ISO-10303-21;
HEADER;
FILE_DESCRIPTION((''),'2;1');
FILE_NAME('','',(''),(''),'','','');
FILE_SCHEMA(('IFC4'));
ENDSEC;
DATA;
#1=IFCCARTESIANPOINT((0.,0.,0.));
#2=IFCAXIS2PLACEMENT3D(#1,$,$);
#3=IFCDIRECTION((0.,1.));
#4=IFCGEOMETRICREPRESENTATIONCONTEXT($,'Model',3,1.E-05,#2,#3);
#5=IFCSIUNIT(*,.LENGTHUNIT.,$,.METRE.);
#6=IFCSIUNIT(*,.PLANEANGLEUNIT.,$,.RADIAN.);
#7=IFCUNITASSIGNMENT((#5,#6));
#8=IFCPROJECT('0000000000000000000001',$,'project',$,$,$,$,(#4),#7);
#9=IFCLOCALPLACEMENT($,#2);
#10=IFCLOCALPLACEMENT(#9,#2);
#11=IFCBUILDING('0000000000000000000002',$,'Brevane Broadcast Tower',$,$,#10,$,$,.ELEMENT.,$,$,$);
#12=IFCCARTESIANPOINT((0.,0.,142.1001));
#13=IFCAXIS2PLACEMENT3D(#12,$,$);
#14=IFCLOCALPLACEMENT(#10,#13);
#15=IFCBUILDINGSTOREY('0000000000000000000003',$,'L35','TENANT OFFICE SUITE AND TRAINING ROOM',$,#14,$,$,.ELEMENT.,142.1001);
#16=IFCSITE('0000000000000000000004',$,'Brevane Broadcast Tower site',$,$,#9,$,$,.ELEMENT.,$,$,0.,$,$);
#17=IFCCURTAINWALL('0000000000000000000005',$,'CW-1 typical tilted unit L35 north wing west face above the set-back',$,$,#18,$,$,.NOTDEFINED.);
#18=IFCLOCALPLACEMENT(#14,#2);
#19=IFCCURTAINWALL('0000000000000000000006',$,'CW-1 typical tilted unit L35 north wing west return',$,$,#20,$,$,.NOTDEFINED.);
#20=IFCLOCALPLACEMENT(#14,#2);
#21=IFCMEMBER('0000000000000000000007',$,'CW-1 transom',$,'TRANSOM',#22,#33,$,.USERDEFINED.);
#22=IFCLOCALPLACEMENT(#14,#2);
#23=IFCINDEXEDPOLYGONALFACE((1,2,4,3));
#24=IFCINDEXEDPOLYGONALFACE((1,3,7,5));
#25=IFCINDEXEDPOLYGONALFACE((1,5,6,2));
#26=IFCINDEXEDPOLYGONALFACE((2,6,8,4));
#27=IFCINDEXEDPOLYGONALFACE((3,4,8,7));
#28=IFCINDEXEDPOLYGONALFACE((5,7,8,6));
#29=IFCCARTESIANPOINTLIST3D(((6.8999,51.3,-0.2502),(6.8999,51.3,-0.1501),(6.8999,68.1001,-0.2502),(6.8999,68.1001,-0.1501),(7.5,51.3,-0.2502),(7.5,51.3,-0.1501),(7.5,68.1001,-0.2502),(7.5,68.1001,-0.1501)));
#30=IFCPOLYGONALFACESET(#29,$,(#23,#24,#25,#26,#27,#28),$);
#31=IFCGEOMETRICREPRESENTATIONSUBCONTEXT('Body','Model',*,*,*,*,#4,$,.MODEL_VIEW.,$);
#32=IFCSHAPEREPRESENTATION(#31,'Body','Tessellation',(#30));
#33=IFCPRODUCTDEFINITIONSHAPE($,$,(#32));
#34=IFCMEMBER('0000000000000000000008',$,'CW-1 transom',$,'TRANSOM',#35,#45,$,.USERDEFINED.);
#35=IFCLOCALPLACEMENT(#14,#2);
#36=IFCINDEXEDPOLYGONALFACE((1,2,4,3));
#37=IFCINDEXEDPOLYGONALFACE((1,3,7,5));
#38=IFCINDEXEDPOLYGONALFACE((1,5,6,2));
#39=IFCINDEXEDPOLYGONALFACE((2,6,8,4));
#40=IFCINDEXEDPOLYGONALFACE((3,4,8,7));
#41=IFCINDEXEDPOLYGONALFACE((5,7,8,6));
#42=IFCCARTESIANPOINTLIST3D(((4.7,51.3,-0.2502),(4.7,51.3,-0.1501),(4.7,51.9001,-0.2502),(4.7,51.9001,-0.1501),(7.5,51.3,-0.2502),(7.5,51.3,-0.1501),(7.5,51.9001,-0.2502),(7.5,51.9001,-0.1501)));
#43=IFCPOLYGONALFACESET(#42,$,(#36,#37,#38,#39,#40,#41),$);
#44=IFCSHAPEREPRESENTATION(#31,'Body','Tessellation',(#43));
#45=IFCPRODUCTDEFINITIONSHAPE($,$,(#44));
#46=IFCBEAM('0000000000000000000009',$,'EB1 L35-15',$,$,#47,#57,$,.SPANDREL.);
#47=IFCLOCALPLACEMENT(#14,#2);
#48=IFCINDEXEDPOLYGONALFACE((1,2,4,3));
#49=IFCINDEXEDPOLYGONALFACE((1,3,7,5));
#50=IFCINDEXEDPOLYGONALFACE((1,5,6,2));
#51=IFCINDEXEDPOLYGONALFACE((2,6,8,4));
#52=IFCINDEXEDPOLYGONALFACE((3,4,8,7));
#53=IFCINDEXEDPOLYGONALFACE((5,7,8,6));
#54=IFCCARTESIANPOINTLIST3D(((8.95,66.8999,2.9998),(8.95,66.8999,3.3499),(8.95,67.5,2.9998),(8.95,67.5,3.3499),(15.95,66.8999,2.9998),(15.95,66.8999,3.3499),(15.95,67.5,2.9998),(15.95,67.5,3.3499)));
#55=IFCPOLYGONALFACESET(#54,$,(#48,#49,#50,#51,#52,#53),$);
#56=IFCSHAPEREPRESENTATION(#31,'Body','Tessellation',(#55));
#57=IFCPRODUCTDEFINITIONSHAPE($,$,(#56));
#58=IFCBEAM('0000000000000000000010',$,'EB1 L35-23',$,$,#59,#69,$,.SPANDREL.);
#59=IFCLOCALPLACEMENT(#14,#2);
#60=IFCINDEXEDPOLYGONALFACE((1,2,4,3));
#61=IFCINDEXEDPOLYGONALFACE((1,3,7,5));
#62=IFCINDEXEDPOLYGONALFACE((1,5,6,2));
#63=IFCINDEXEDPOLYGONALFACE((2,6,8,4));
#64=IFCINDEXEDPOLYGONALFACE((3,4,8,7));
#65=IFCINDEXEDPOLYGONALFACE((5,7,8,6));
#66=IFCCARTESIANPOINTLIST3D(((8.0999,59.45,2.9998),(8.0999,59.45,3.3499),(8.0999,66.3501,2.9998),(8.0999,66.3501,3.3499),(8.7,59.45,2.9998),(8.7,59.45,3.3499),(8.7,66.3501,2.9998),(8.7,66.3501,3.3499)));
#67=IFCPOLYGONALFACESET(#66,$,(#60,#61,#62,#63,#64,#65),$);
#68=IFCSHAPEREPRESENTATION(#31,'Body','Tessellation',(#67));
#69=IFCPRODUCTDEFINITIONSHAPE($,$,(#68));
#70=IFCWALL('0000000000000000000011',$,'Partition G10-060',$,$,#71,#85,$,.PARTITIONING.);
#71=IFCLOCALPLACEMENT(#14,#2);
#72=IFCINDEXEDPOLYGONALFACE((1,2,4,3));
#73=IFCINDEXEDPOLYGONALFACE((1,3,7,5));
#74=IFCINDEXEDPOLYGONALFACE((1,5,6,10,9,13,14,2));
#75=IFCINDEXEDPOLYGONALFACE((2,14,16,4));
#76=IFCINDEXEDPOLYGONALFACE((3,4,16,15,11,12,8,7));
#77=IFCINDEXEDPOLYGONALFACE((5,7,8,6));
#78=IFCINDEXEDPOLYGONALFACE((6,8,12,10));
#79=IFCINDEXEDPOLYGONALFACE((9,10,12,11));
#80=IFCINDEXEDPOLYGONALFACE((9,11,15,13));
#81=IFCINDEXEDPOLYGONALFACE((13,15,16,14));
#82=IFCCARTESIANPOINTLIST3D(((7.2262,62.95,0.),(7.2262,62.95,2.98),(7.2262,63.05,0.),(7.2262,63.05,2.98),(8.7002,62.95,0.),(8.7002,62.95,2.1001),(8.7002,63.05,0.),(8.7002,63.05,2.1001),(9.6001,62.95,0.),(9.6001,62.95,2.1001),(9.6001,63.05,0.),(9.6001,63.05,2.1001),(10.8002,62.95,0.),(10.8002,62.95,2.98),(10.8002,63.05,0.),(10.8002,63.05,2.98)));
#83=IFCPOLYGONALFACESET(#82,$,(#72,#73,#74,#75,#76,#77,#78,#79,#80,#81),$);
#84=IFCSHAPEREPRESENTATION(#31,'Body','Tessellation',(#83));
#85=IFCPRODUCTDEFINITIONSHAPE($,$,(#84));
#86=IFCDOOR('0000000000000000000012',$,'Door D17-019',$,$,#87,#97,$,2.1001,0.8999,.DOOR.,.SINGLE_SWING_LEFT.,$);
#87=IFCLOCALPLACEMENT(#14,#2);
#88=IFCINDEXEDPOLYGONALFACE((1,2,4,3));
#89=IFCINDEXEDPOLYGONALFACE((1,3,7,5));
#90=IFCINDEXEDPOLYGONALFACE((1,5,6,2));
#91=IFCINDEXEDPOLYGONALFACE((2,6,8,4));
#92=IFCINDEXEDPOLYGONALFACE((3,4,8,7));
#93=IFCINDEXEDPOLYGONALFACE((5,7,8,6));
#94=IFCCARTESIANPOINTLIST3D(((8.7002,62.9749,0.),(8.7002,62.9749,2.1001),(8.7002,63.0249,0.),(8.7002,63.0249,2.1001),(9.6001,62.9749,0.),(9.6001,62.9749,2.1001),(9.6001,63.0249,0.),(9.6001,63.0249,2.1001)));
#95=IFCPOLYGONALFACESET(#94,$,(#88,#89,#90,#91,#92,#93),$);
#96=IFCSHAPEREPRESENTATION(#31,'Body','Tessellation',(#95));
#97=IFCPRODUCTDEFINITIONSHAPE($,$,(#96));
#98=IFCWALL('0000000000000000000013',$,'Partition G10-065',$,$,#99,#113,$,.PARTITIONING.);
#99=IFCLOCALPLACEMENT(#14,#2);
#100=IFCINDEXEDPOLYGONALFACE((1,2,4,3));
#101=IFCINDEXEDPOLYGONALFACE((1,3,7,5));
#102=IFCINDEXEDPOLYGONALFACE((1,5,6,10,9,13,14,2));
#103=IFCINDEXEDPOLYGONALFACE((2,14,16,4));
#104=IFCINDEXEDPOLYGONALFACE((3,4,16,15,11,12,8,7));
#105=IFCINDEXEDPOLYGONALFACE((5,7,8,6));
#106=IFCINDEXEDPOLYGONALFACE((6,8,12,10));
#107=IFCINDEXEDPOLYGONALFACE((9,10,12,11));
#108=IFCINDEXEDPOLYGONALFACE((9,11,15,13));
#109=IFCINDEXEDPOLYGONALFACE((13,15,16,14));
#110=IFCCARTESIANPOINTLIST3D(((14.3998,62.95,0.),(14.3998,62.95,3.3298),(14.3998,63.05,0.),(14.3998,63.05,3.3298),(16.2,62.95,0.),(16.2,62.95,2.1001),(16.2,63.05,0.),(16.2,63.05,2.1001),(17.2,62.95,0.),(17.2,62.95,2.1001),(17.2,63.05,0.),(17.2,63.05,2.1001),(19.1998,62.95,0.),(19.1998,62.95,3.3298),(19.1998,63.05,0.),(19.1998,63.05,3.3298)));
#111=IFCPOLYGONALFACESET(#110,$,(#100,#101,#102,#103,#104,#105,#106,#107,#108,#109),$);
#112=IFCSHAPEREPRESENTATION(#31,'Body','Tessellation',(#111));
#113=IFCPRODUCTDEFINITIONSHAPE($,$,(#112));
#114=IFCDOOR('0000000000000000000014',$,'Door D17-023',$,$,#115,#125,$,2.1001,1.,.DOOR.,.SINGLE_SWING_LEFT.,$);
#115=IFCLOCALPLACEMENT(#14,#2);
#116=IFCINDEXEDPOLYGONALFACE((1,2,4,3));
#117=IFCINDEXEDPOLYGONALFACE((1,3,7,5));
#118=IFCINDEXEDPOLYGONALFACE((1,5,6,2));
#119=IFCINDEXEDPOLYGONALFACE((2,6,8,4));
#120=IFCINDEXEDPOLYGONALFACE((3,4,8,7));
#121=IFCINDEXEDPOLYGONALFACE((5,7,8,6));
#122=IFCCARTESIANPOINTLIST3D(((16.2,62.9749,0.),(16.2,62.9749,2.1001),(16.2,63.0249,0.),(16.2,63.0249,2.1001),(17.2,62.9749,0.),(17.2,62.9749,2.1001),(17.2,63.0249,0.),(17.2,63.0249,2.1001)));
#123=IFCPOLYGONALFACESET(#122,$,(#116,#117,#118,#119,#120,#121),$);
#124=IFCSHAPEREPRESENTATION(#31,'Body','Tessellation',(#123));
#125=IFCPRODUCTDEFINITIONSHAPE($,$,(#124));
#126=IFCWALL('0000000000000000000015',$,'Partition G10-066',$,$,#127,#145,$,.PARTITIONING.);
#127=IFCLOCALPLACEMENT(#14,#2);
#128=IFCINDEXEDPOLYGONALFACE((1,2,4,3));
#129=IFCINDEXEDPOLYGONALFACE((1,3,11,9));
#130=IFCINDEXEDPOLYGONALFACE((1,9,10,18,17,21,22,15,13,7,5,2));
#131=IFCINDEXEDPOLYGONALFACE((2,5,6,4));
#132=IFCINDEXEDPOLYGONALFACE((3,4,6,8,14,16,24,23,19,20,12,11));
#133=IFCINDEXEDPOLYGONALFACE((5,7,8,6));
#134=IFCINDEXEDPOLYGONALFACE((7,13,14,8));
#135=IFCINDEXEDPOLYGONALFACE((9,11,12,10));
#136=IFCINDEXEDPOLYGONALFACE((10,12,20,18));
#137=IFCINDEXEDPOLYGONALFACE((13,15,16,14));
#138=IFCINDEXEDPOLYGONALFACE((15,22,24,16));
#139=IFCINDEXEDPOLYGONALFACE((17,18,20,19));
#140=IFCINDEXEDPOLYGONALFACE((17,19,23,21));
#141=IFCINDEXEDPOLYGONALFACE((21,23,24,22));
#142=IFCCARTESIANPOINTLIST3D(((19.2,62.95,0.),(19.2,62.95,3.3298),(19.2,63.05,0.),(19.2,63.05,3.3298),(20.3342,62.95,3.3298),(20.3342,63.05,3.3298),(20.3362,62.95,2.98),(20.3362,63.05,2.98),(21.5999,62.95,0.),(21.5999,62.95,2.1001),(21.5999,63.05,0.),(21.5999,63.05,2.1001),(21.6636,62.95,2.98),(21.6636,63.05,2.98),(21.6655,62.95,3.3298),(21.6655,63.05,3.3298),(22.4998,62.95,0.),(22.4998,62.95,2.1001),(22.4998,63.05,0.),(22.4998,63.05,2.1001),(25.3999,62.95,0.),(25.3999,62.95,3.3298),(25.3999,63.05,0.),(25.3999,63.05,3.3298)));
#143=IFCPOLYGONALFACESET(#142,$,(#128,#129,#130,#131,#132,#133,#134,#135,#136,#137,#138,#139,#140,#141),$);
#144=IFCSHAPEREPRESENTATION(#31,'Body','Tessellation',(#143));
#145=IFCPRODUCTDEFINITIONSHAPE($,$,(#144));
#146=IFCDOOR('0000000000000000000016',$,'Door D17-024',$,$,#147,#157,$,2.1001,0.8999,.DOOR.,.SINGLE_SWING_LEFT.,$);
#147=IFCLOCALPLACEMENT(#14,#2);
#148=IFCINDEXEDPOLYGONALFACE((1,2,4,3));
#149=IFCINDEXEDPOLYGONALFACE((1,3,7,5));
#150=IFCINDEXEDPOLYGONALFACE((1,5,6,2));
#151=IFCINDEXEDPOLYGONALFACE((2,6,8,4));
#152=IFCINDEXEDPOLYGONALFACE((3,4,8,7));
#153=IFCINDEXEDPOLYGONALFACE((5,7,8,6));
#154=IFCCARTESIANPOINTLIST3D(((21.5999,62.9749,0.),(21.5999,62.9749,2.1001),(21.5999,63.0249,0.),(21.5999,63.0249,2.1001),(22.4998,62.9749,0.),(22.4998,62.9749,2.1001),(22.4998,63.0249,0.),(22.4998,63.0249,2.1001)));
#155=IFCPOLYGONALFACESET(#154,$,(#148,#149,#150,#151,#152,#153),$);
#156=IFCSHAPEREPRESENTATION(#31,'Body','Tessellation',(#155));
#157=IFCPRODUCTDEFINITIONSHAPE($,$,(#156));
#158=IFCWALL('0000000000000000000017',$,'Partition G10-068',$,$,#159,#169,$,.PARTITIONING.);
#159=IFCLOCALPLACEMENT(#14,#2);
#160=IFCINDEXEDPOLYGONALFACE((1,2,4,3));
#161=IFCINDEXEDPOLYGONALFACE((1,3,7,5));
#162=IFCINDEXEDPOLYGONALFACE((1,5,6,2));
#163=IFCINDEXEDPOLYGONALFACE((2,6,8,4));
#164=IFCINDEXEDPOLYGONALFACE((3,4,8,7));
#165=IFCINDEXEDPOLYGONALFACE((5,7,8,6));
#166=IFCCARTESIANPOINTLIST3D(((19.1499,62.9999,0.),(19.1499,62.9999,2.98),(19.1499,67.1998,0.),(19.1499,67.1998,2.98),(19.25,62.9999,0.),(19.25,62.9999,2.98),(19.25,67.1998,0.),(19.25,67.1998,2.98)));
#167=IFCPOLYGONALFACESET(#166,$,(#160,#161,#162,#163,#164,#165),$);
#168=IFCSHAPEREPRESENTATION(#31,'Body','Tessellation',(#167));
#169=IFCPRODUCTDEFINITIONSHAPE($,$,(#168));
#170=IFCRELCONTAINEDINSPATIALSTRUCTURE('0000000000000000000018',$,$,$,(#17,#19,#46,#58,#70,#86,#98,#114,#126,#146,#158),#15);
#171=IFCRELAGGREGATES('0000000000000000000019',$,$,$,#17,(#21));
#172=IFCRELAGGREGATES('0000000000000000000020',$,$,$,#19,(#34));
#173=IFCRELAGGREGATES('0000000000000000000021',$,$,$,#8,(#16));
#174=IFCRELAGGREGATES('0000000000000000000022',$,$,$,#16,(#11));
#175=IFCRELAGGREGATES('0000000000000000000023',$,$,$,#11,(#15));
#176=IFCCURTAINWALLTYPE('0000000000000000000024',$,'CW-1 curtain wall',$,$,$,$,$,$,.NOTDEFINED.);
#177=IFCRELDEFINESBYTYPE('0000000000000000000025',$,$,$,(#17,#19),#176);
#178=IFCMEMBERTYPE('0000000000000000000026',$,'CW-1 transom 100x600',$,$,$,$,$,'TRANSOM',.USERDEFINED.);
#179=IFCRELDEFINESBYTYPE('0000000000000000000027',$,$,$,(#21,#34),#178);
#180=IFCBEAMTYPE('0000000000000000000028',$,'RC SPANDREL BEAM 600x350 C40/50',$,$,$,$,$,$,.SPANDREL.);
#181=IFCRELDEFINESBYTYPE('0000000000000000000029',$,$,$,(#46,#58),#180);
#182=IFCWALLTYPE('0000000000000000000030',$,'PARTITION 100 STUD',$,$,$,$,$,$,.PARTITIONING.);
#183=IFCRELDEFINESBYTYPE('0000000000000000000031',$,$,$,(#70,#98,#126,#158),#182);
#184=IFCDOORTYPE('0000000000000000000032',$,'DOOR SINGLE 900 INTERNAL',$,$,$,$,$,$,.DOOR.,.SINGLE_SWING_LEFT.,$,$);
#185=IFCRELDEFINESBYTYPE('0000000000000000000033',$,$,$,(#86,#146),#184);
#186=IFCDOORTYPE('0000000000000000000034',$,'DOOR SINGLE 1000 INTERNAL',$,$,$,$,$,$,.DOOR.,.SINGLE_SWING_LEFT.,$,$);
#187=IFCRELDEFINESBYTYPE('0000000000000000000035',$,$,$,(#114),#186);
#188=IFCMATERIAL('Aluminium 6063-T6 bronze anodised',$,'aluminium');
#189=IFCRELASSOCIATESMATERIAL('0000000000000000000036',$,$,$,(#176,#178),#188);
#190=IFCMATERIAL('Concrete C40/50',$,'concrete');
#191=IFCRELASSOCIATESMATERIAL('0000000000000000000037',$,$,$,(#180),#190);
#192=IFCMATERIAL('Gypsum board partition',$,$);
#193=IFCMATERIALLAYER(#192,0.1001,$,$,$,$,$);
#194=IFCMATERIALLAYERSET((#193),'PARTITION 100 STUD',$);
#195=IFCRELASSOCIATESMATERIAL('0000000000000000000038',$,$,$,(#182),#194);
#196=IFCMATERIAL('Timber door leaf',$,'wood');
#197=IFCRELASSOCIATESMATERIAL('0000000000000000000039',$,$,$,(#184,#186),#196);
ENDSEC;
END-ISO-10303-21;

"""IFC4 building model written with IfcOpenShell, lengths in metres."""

from ifc_helpers import new_model, si_unit, direction, frame, frame_2d, origin, origin_2d, place, context, subcontext, project, spatial, polyline, rectangle, outline, extrude, material, layer, layer_set, material_profile, profile_set, type_object, element, fill, aggregate, save


model = new_model("IFC4")

# Units and contexts
model_context = context("Model", 3, precision=1e-05, world=origin(), true_north=direction((0.0, 1.0)))
body_context = subcontext(model_context, "Body", "Model", "MODEL_VIEW")
ifc_project = project(units=[si_unit("LENGTHUNIT", "METRE"), si_unit("PLANEANGLEUNIT", "RADIAN")], contexts=[model_context])

# Site, building, storey
site_placement = place(None, origin())
site = spatial("IfcSite", under=ifc_project, at=site_placement, Name="Brevane Broadcast Tower site", CompositionType="ELEMENT", RefElevation=0.0)
building_placement = place(site_placement, origin())
building = spatial("IfcBuilding", under=site, at=building_placement, Name="Brevane Broadcast Tower", CompositionType="ELEMENT")
storey_placement = place(building_placement, frame((0.0, 0.0, 142.1001)))
storey = spatial("IfcBuildingStorey", under=building, at=storey_placement, Name="L35", Description="TENANT OFFICE SUITE AND TRAINING ROOM", CompositionType="ELEMENT", Elevation=142.1001)

# Curtain walls
ifc_material_1 = material(Name="Aluminium 6063-T6 bronze anodised", Category="aluminium")
curtain_wall_type = type_object("IfcCurtainWallType", Name="CW-1 curtain wall", PredefinedType="NOTDEFINED", material=ifc_material_1)
curtain_wall_1_placement = place(storey_placement, origin())
curtain_wall_1 = element("IfcCurtainWall", 1, at=curtain_wall_1_placement, inside=storey, type_object=curtain_wall_type, Name="CW-1 typical tilted unit L35 north wing west face above the set-back", PredefinedType="NOTDEFINED")
curtain_wall_2_placement = place(storey_placement, origin())
curtain_wall_2 = element("IfcCurtainWall", 2, at=curtain_wall_2_placement, inside=storey, type_object=curtain_wall_type, Name="CW-1 typical tilted unit L35 north wing west return", PredefinedType="NOTDEFINED")

# Members
ifc_material_profile_1 = material_profile(ifc_material_1, rectangle(XDim=0.6001, YDim=0.1001, at=origin_2d()), Name="RECT 100x600")
ifc_profile_set_1 = profile_set([ifc_material_profile_1], Name="Aluminium 6063-T6 bronze anodised")
member_type_1 = type_object("IfcMemberType", Name="CW-1 transom 100x600", ElementType="TRANSOM", PredefinedType="USERDEFINED", material=ifc_profile_set_1)
member_1_placement = place(storey_placement, frame((7.2, 68.1001, -0.2002), z_axis=(0.0, -1.0, 0.0), x_axis=(1.0, 0.0, 0.0)))
member_1 = element("IfcMember", 3, at=member_1_placement, type_object=member_type_1, Name="CW-1 transom", ObjectType="TRANSOM", PredefinedType="USERDEFINED", context=body_context, shape_type="SweptSolid", body=[
    extrude(rectangle(XDim=0.6001, YDim=0.1001, at=origin_2d()), origin(), (0.0, 0.0, 1.0), 16.8),
])
aggregate(curtain_wall_1, [member_1])
member_2_placement = place(storey_placement, frame((7.5, 51.6001, -0.2002), z_axis=(-1.0, 0.0, 0.0), x_axis=(0.0, -1.0, 0.0)))
member_2 = element("IfcMember", 4, at=member_2_placement, type_object=member_type_1, Name="CW-1 transom", ObjectType="TRANSOM", PredefinedType="USERDEFINED", context=body_context, shape_type="SweptSolid", body=[
    extrude(rectangle(XDim=0.6001, YDim=0.1001, at=origin_2d()), origin(), (0.0, 0.0, 1.0), 2.8),
])
aggregate(curtain_wall_2, [member_2])

# Beams
ifc_material_2 = material(Name="Concrete C40/50", Category="concrete")
ifc_material_profile_2 = material_profile(ifc_material_2, rectangle(XDim=0.6001, YDim=0.3501, at=origin_2d()), Name="RC 600x350")
ifc_profile_set_2 = profile_set([ifc_material_profile_2], Name="Concrete C40/50")
beam_type = type_object("IfcBeamType", Name="RC SPANDREL BEAM 600x350 C40/50", PredefinedType="SPANDREL", material=ifc_profile_set_2)
beam_1_placement = place(storey_placement, frame((15.95, 67.2, 3.1748), z_axis=(-1.0, 0.0, 0.0), x_axis=(0.0, -1.0, 0.0)))
element("IfcBeam", 5, at=beam_1_placement, inside=storey, type_object=beam_type, Name="EB1 L35-15", PredefinedType="SPANDREL", context=body_context, shape_type="SweptSolid", body=[
    extrude(rectangle(XDim=0.6001, YDim=0.3501, at=origin_2d()), origin(), (0.0, 0.0, 1.0), 7.0),
])
beam_2_placement = place(storey_placement, frame((8.3999, 59.45, 3.1748), z_axis=(0.0, 1.0, 0.0), x_axis=(-1.0, 0.0, 0.0)))
element("IfcBeam", 6, at=beam_2_placement, inside=storey, type_object=beam_type, Name="EB1 L35-23", PredefinedType="SPANDREL", context=body_context, shape_type="SweptSolid", body=[
    extrude(rectangle(XDim=0.6001, YDim=0.3501, at=origin_2d()), origin(), (0.0, 0.0, 1.0), 6.9001),
])

# Walls, openings, doors
ifc_material_3 = material(Name="Gypsum board partition")
ifc_layer_1 = layer(ifc_material_3, 0.1001)
ifc_layer_set_1 = layer_set([ifc_layer_1], Name="PARTITION 100 STUD")
wall_type_1 = type_object("IfcWallType", Name="PARTITION 100 STUD", PredefinedType="PARTITIONING", material=ifc_layer_set_1)
wall_1_placement = place(storey_placement, frame((7.2261, 63.0, 0.0), z_axis=(0.0, 0.0, 1.0), x_axis=(1.0, 0.0, 0.0)))
wall_1 = element("IfcWall", 7, at=wall_1_placement, inside=storey, type_object=wall_type_1, Name="Partition G10-060", PredefinedType="PARTITIONING", context=body_context, shape_type="SweptSolid", body=[
    extrude(rectangle(XDim=3.574, YDim=0.1001, at=frame_2d((1.7871, 0.0))), origin(), (0.0, 0.0, 1.0), 2.98),
])
opening_1_placement = place(wall_1_placement, frame((1.4741, 0.0, 0.0)))
opening_1 = element("IfcOpeningElement", 8, at=opening_1_placement, cuts=wall_1, PredefinedType="OPENING", context=body_context, shape_type="SweptSolid", body=[
    extrude(rectangle(XDim=0.8999, YDim=2.1001, at=frame_2d((0.45, 1.05))), frame((0.0, 0.0601, 0.0), z_axis=(0.0, -1.0, 0.0), x_axis=(1.0, 0.0, 0.0)), (0.0, 0.0, 1.0), 0.1201),
])
ifc_material_4 = material(Name="Timber door leaf", Category="wood")
door_type_1 = type_object("IfcDoorType", Name="DOOR SINGLE 900 INTERNAL", OperationType="SINGLE_SWING_LEFT", PredefinedType="DOOR", material=ifc_material_4)
door_1_placement = place(opening_1_placement, origin())
door_1 = element("IfcDoor", 9, at=door_1_placement, inside=storey, type_object=door_type_1, Name="Door D17-019", OperationType="SINGLE_SWING_LEFT", OverallHeight=2.1001, OverallWidth=0.8999, PredefinedType="DOOR", context=body_context, shape_type="SweptSolid", body=[
    extrude(rectangle(XDim=0.8999, YDim=2.1001, at=frame_2d((0.45, 1.05))), frame((0.0, 0.0249, 0.0), z_axis=(0.0, -1.0, 0.0), x_axis=(1.0, 0.0, 0.0)), (0.0, 0.0, 1.0), 0.05),
])
fill(opening_1, door_1)
wall_2_placement = place(storey_placement, frame((14.3999, 63.0, 0.0), z_axis=(0.0, 0.0, 1.0), x_axis=(1.0, 0.0, 0.0)))
wall_2 = element("IfcWall", 10, at=wall_2_placement, inside=storey, type_object=wall_type_1, Name="Partition G10-065", PredefinedType="PARTITIONING", context=body_context, shape_type="SweptSolid", body=[
    extrude(rectangle(XDim=4.8, YDim=0.1001, at=frame_2d((2.3999, 0.0))), origin(), (0.0, 0.0, 1.0), 3.3298),
])
opening_2_placement = place(wall_2_placement, frame((1.8, 0.0, 0.0)))
opening_2 = element("IfcOpeningElement", 11, at=opening_2_placement, cuts=wall_2, PredefinedType="OPENING", context=body_context, shape_type="SweptSolid", body=[
    extrude(rectangle(XDim=1.0, YDim=2.1001, at=frame_2d((0.5, 1.05))), frame((0.0, 0.0601, 0.0), z_axis=(0.0, -1.0, 0.0), x_axis=(1.0, 0.0, 0.0)), (0.0, 0.0, 1.0), 0.1201),
])
door_type_2 = type_object("IfcDoorType", Name="DOOR SINGLE 1000 INTERNAL", OperationType="SINGLE_SWING_LEFT", PredefinedType="DOOR", material=ifc_material_4)
door_2_placement = place(opening_2_placement, origin())
door_2 = element("IfcDoor", 12, at=door_2_placement, inside=storey, type_object=door_type_2, Name="Door D17-023", OperationType="SINGLE_SWING_LEFT", OverallHeight=2.1001, OverallWidth=1.0, PredefinedType="DOOR", context=body_context, shape_type="SweptSolid", body=[
    extrude(rectangle(XDim=1.0, YDim=2.1001, at=frame_2d((0.5, 1.05))), frame((0.0, 0.0249, 0.0), z_axis=(0.0, -1.0, 0.0), x_axis=(1.0, 0.0, 0.0)), (0.0, 0.0, 1.0), 0.05),
])
fill(opening_2, door_2)
wall_3_placement = place(storey_placement, frame((19.2, 63.0, 0.0), z_axis=(0.0, 0.0, 1.0), x_axis=(1.0, 0.0, 0.0)))
wall_3 = element("IfcWall", 13, at=wall_3_placement, inside=storey, type_object=wall_type_1, Name="Partition G10-066", PredefinedType="PARTITIONING", context=body_context, shape_type="SweptSolid", body=[
    extrude(outline(polyline([(0.0, 0.0), (6.2, 0.0), (6.2, 3.3298), (2.4656, 3.3298), (2.4636, 2.98), (1.1362, 2.98), (1.1343, 3.3298), (0.0, 3.3298), (0.0, 0.0)])), frame((0.0, 0.05, 0.0), z_axis=(0.0, -1.0, 0.0), x_axis=(1.0, 0.0, 0.0)), (0.0, 0.0, 1.0), 0.1001),
])
opening_3_placement = place(wall_3_placement, frame((2.3999, 0.0, 0.0)))
opening_3 = element("IfcOpeningElement", 14, at=opening_3_placement, cuts=wall_3, PredefinedType="OPENING", context=body_context, shape_type="SweptSolid", body=[
    extrude(rectangle(XDim=0.8999, YDim=2.1001, at=frame_2d((0.45, 1.05))), frame((0.0, 0.0601, 0.0), z_axis=(0.0, -1.0, 0.0), x_axis=(1.0, 0.0, 0.0)), (0.0, 0.0, 1.0), 0.1201),
])
door_3_placement = place(opening_3_placement, origin())
door_3 = element("IfcDoor", 15, at=door_3_placement, inside=storey, type_object=door_type_1, Name="Door D17-024", OperationType="SINGLE_SWING_LEFT", OverallHeight=2.1001, OverallWidth=0.8999, PredefinedType="DOOR", context=body_context, shape_type="SweptSolid", body=[
    extrude(rectangle(XDim=0.8999, YDim=2.1001, at=frame_2d((0.45, 1.05))), frame((0.0, 0.0249, 0.0), z_axis=(0.0, -1.0, 0.0), x_axis=(1.0, 0.0, 0.0)), (0.0, 0.0, 1.0), 0.05),
])
fill(opening_3, door_3)

# Wall
wall_4_placement = place(storey_placement, frame((19.2, 67.2, 0.0), z_axis=(0.0, 0.0, 1.0), x_axis=(0.0, -1.0, 0.0)))
element("IfcWall", 16, at=wall_4_placement, inside=storey, type_object=wall_type_1, Name="Partition G10-068", PredefinedType="PARTITIONING", context=body_context, shape_type="SweptSolid", body=[
    extrude(rectangle(XDim=4.2, YDim=0.1001, at=frame_2d((2.1001, 0.0))), origin(), (0.0, 0.0, 1.0), 2.98),
])

save(model, "model.ifc")
